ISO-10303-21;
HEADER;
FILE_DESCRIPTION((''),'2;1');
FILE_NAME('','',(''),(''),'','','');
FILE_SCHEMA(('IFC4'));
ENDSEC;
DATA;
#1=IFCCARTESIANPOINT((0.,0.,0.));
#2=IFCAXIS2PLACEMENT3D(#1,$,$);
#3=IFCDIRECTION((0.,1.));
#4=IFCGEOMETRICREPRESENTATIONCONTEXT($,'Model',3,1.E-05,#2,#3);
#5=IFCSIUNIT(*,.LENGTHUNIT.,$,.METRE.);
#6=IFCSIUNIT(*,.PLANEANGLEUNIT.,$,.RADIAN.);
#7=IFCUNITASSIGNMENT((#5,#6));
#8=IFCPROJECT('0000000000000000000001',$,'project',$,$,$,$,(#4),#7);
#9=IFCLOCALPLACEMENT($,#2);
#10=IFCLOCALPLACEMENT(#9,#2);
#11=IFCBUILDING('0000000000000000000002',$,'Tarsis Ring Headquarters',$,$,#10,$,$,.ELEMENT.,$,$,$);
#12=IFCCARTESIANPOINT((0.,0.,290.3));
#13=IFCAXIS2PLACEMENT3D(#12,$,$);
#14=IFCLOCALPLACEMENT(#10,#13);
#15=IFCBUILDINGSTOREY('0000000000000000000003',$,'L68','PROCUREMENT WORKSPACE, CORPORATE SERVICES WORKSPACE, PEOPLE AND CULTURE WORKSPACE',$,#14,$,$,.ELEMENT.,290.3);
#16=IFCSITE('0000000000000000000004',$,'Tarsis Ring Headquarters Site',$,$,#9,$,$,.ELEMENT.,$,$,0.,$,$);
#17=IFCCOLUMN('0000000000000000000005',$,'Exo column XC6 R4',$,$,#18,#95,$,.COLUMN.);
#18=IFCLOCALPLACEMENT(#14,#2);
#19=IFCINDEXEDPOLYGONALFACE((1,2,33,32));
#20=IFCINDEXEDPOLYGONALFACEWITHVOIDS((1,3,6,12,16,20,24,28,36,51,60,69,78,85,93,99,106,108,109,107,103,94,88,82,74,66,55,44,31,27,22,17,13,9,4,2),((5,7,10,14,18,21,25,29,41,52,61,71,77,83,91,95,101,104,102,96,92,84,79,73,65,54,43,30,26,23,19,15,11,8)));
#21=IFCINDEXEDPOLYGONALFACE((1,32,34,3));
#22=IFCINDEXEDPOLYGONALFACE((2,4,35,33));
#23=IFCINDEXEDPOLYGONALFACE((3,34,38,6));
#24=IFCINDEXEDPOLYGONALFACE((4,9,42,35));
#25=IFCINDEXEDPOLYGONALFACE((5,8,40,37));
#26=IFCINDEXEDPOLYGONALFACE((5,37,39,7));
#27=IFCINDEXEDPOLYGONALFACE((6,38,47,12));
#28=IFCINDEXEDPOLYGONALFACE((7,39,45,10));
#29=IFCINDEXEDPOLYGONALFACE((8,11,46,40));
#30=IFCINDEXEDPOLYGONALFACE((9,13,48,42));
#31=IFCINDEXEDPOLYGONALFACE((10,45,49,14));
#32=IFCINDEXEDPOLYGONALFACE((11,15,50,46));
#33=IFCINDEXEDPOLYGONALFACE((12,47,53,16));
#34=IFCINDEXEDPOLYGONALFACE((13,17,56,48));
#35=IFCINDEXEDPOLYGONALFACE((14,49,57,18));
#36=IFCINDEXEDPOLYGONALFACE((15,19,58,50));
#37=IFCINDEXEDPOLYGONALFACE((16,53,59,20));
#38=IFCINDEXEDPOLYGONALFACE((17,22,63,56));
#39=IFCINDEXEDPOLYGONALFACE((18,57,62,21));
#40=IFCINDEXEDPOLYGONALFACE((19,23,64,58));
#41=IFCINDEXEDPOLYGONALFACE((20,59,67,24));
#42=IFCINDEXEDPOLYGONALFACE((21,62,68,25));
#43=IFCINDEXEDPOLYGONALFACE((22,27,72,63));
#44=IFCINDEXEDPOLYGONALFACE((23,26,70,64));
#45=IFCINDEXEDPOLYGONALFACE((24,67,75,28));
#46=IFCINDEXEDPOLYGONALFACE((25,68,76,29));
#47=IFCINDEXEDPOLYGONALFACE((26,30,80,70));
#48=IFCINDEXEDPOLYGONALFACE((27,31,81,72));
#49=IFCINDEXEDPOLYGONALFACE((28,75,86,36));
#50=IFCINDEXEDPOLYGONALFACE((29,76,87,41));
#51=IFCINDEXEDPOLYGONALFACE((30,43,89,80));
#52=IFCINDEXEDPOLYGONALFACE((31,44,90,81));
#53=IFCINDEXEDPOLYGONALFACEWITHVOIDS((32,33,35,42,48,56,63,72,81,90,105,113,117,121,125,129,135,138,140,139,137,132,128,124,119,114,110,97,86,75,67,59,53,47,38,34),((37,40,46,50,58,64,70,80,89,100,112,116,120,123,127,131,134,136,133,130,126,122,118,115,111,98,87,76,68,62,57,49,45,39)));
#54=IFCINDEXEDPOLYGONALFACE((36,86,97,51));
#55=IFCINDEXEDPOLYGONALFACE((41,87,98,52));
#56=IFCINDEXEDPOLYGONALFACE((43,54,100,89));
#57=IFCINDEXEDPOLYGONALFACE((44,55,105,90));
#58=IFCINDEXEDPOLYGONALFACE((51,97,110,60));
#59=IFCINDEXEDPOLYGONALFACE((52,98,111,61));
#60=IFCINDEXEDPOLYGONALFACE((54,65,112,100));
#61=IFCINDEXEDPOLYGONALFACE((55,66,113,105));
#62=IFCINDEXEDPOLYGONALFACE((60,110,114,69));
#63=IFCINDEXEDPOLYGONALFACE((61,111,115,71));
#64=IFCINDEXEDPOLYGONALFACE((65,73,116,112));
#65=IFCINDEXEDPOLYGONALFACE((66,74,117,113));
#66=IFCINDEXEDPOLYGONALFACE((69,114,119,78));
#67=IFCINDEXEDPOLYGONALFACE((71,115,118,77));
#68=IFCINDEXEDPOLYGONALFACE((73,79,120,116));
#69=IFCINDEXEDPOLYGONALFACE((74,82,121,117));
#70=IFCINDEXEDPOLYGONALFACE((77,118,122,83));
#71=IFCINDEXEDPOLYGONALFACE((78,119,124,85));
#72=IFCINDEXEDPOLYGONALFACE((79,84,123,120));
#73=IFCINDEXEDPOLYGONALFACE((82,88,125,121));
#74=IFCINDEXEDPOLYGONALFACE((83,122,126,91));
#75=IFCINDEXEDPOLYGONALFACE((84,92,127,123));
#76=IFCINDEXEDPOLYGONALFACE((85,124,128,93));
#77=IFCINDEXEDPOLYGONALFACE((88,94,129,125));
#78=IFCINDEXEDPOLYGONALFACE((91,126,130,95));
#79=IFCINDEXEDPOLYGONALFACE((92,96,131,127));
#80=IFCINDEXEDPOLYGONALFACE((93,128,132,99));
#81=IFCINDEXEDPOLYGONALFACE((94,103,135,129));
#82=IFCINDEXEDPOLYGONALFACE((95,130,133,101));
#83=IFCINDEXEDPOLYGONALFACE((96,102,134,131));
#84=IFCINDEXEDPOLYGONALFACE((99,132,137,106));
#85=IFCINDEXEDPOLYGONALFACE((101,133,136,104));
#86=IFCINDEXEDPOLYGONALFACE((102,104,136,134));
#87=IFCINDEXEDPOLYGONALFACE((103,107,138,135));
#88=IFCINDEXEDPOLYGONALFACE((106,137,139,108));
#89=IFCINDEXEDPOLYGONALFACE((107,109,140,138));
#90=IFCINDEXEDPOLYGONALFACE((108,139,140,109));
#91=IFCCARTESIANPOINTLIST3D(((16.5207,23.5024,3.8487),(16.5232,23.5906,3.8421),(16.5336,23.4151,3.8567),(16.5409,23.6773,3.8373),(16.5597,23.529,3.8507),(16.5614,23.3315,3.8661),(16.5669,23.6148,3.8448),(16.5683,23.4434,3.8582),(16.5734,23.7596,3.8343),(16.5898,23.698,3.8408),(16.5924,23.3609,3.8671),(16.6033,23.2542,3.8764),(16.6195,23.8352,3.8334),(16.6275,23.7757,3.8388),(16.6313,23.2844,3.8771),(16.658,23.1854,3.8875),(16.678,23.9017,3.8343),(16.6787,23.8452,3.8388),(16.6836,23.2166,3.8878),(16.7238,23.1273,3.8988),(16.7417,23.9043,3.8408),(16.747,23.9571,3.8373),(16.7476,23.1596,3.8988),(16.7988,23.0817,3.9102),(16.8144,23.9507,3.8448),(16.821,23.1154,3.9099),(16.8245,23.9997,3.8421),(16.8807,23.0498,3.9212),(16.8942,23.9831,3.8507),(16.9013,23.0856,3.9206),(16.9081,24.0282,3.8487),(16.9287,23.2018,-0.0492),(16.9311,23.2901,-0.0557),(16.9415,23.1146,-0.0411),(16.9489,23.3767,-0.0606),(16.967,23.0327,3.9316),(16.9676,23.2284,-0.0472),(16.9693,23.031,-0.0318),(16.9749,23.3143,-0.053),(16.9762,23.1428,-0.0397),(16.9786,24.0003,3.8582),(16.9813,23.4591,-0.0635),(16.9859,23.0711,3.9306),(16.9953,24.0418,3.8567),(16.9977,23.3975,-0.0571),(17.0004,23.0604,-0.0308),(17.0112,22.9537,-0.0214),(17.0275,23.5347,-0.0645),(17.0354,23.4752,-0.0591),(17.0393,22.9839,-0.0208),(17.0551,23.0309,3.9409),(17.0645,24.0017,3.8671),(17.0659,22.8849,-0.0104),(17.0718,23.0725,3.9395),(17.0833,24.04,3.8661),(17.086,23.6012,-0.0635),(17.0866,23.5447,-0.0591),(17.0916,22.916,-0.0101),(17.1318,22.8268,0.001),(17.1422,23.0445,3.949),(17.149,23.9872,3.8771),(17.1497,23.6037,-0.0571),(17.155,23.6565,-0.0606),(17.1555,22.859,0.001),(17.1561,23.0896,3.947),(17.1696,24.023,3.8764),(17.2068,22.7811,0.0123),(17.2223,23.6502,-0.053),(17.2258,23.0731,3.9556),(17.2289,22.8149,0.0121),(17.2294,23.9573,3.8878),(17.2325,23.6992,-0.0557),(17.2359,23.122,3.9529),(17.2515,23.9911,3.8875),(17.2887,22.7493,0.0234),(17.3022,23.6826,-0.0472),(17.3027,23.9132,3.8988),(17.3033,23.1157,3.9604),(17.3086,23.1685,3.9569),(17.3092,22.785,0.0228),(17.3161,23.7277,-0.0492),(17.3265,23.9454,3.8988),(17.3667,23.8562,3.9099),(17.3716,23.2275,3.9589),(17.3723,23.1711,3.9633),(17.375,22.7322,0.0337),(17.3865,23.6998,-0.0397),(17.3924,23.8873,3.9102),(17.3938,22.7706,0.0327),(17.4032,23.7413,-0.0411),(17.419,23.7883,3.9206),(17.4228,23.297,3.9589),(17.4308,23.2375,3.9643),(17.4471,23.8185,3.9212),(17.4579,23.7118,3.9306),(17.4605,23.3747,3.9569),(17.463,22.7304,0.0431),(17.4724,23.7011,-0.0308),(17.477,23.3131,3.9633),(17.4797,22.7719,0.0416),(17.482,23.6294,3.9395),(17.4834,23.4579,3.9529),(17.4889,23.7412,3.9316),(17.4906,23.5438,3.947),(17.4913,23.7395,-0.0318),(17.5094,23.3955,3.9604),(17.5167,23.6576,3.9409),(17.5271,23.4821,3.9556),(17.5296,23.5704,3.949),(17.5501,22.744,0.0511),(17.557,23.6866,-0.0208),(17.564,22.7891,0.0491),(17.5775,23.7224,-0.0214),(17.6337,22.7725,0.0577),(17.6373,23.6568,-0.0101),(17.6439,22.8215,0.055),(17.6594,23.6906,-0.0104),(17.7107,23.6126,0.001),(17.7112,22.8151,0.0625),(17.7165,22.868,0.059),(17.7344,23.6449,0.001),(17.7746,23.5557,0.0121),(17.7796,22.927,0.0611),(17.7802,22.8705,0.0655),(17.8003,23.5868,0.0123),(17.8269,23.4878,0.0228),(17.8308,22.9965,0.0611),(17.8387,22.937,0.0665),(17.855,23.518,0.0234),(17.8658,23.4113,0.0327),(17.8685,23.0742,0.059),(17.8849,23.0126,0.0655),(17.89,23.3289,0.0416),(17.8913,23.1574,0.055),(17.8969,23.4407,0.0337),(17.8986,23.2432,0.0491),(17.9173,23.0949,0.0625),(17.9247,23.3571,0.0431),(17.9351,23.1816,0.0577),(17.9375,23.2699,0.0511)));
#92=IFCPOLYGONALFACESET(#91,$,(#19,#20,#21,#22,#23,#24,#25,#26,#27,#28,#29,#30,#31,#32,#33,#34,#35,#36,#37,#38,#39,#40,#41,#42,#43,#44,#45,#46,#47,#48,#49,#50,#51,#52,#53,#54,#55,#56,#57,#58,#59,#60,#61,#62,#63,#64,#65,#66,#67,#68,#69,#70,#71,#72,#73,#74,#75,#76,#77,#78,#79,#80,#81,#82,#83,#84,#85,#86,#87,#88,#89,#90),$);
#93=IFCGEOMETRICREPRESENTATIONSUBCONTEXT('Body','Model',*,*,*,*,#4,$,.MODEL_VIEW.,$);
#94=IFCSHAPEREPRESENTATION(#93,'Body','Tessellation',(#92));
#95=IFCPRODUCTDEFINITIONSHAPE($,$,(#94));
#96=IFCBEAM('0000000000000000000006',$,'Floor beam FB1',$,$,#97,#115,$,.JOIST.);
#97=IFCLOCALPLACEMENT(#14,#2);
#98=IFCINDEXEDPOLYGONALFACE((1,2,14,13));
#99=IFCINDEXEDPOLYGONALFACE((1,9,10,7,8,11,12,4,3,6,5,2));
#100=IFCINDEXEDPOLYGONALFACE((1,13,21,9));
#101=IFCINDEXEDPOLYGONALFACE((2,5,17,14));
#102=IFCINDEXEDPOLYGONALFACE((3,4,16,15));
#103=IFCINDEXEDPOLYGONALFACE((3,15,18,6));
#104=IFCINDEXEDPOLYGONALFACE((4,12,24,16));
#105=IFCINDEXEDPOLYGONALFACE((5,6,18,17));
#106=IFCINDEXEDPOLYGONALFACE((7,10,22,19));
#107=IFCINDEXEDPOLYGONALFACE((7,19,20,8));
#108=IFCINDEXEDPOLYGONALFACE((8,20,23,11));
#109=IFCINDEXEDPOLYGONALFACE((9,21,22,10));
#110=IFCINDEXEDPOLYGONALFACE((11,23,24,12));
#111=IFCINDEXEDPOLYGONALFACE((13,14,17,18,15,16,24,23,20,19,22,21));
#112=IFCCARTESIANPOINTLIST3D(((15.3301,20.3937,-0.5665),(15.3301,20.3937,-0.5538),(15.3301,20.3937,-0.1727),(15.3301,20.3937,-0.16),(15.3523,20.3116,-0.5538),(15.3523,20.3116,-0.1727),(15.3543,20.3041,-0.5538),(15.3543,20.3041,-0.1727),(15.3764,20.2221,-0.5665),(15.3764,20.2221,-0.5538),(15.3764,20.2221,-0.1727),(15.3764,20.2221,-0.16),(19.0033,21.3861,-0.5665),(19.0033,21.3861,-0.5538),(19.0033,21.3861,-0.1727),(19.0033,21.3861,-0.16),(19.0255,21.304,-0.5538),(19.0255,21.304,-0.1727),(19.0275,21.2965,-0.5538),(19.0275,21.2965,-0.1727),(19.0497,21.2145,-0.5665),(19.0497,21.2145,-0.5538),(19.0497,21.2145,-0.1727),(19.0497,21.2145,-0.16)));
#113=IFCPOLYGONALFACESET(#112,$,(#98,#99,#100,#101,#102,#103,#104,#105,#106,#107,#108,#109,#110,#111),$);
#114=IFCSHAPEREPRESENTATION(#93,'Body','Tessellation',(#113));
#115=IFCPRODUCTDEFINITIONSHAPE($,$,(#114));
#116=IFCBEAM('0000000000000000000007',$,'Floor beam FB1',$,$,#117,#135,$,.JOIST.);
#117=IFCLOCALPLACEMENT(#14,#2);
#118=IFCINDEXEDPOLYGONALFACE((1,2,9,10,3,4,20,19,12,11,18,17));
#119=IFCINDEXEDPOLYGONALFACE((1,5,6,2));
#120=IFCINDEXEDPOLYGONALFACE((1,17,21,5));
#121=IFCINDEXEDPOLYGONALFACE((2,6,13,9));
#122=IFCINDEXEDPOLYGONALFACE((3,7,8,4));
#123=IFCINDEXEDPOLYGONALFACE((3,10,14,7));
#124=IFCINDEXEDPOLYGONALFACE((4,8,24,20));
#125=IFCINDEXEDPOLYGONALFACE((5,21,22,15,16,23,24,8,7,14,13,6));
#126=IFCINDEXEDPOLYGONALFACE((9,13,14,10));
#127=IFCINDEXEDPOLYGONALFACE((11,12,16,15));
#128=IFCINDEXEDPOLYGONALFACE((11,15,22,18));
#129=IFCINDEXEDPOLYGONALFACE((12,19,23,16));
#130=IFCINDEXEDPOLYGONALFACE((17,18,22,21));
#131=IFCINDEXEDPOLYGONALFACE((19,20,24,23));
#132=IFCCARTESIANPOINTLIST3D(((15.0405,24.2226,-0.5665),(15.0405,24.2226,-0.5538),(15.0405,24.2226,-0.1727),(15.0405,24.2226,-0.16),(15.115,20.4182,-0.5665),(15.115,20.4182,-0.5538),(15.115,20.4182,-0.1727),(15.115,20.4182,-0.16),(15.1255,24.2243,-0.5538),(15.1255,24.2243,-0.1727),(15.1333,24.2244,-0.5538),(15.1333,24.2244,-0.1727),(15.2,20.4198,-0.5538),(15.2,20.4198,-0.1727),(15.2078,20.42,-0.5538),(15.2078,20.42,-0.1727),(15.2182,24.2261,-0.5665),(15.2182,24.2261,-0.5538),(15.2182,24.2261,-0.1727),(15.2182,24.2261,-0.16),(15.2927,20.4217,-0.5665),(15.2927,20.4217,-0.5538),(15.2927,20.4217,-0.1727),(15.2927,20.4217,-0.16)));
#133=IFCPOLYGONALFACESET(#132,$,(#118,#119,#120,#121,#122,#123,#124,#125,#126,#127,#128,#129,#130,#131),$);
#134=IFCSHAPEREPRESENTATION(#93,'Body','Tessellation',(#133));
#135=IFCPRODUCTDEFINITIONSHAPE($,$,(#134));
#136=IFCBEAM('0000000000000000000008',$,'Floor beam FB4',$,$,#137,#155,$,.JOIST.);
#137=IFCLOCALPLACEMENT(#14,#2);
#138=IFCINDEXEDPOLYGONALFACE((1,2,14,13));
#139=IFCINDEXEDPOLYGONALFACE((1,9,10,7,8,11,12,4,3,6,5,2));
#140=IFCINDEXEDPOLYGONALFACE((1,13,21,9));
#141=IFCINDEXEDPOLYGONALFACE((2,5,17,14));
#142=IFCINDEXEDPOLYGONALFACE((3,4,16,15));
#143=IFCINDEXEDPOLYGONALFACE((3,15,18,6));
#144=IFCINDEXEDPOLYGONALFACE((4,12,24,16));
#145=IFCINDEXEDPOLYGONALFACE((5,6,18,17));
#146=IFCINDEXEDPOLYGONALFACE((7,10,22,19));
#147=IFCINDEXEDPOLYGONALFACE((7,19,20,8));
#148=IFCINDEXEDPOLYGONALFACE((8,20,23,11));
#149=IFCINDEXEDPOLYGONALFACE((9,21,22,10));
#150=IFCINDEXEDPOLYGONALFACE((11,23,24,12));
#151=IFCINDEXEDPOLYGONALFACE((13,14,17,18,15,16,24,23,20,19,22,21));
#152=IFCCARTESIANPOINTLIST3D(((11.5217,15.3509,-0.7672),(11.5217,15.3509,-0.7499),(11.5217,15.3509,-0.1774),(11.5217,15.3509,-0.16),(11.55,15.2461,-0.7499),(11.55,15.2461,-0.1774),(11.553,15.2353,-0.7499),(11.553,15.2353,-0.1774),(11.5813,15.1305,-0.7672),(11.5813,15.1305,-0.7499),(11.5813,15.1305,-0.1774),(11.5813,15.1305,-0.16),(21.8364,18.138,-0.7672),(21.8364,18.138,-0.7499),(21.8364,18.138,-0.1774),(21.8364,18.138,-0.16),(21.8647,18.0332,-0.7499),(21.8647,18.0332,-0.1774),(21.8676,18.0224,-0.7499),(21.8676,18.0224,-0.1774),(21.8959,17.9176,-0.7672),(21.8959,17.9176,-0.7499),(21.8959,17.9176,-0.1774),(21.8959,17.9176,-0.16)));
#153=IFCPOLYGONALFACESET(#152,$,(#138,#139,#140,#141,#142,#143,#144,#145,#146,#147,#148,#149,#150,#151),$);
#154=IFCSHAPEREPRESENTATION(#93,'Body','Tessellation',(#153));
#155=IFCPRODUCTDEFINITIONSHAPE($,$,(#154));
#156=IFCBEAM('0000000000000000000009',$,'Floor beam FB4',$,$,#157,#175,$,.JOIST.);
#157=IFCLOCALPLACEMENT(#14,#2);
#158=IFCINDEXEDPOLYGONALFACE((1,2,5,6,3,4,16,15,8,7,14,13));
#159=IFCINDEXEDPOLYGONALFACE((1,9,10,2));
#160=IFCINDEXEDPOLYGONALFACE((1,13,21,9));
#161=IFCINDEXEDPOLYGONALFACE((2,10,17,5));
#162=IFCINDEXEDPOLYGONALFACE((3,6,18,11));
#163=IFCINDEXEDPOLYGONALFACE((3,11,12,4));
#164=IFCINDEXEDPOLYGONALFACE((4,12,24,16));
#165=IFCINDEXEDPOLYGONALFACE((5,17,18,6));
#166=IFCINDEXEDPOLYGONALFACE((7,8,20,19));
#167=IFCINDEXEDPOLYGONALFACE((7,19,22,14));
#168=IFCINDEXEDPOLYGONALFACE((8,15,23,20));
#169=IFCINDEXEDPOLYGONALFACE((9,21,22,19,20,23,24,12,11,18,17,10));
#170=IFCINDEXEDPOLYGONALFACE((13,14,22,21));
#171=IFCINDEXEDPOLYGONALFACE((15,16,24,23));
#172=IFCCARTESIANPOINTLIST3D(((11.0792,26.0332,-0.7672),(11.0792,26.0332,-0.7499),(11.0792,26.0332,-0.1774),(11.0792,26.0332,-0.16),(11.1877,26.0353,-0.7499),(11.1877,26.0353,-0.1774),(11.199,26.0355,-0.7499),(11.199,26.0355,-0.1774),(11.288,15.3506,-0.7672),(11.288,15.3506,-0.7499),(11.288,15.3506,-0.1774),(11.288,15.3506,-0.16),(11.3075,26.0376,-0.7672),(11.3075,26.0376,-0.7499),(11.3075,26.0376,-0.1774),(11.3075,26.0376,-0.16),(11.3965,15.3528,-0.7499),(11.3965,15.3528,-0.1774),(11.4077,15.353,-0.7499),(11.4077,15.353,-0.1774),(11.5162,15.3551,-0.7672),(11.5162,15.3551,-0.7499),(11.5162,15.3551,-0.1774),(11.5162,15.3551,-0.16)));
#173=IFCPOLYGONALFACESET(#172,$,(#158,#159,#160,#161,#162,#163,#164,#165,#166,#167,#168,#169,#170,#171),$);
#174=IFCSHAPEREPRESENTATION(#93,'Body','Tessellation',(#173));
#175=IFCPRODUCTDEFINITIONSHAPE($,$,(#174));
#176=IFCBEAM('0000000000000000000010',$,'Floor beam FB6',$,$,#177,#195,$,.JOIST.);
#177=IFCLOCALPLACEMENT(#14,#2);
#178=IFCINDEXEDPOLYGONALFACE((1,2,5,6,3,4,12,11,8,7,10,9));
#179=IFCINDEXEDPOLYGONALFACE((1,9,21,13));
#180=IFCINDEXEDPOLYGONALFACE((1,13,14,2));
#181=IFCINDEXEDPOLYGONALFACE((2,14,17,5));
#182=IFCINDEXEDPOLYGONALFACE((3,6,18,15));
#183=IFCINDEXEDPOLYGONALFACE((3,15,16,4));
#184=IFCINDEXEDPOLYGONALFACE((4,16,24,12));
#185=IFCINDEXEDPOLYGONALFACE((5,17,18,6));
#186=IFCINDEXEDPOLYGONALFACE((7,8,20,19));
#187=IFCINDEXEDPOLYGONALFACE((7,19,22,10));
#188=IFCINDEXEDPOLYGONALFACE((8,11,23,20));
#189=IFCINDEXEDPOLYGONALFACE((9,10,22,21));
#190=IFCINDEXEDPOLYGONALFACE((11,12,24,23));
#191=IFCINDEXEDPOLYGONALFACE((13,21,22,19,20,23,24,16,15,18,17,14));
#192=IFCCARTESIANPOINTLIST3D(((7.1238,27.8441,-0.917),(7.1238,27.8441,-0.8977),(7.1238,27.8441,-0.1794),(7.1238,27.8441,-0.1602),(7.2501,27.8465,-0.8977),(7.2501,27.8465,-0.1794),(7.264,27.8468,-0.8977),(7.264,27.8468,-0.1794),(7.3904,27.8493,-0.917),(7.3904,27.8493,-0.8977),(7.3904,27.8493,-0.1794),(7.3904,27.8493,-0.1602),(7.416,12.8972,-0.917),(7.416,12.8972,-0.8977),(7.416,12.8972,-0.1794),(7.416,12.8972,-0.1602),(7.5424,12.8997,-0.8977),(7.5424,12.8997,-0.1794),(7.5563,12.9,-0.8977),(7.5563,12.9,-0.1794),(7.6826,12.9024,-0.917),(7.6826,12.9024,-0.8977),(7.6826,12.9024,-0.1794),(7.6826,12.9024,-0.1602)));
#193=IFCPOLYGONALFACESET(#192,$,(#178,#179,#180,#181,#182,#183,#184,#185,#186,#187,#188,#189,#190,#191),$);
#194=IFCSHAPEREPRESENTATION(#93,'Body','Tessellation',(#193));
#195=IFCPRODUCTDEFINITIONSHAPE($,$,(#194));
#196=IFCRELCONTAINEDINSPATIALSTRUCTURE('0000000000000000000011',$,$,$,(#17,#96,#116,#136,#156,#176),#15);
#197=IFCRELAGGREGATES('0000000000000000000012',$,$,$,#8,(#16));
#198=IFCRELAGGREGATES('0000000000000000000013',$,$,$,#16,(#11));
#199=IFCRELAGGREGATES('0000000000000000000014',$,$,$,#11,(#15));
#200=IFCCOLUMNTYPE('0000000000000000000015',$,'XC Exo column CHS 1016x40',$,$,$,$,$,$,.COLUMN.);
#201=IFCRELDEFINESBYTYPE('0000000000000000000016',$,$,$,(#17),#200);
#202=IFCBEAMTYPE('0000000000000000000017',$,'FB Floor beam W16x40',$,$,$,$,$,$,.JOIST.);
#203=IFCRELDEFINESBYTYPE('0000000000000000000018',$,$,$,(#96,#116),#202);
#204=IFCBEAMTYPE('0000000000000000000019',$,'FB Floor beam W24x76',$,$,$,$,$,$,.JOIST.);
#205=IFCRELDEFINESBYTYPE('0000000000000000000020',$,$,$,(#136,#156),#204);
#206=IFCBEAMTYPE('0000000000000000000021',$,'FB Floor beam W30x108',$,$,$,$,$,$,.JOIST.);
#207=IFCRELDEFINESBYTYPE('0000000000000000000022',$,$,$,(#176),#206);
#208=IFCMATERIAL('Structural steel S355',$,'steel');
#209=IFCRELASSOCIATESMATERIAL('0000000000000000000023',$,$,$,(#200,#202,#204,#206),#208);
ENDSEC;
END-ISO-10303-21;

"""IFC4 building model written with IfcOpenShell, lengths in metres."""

from ifc_helpers import new_model, si_unit, direction, frame, origin, origin_2d, place, context, subcontext, project, spatial, hollow_circle, i_section, extrude, material, material_profile, profile_set, type_object, element, save


model = new_model("IFC4")

# Units and contexts
model_context = context("Model", 3, precision=1e-05, world=origin(), true_north=direction((0.0, 1.0)))
body_context = subcontext(model_context, "Body", "Model", "MODEL_VIEW")
ifc_project = project(units=[si_unit("LENGTHUNIT", "METRE"), si_unit("PLANEANGLEUNIT", "RADIAN")], contexts=[model_context])

# Site, building, storey
site_placement = place(None, origin())
site = spatial("IfcSite", under=ifc_project, at=site_placement, Name="Tarsis Ring Headquarters Site", CompositionType="ELEMENT", RefElevation=0.0)
building_placement = place(site_placement, origin())
building = spatial("IfcBuilding", under=site, at=building_placement, Name="Tarsis Ring Headquarters", CompositionType="ELEMENT")
storey_placement = place(building_placement, frame((0.0, 0.0, 290.3)))
storey = spatial("IfcBuildingStorey", under=building, at=storey_placement, Name="L68", Description="PROCUREMENT WORKSPACE, CORPORATE SERVICES WORKSPACE, PEOPLE AND CULTURE WORKSPACE", CompositionType="ELEMENT", Elevation=290.3)

# Column
ifc_material_1 = material(Name="Structural steel S355", Category="steel")
ifc_material_profile_1 = material_profile(ifc_material_1, hollow_circle(Radius=0.5081, WallThickness=0.04, at=origin_2d()), Name="CHS 1016x40")
ifc_profile_set_1 = profile_set([ifc_material_profile_1], Name="Structural steel S355")
column_type = type_object("IfcColumnType", Name="XC Exo column CHS 1016x40", PredefinedType="COLUMN", material=ifc_profile_set_1)
column_placement = place(storey_placement, frame((17.4331, 23.2358, 0.001), z_axis=(-0.103787, 0.076458, 0.991656), x_axis=(-0.593117, -0.805116, 0.0)))
element("IfcColumn", 1, at=column_placement, inside=storey, type_object=column_type, Name="Exo column XC6 R4", PredefinedType="COLUMN", context=body_context, shape_type="SweptSolid", body=[
    extrude(hollow_circle(Radius=0.5081, WallThickness=0.04, at=origin_2d()), origin(), (0.0, 0.0, 1.0), 3.9307),
])

# Beams
ifc_material_profile_2 = material_profile(ifc_material_1, i_section(OverallWidth=0.1777, OverallDepth=0.4065, WebThickness=0.0078, FlangeThickness=0.0127, at=origin_2d()), Name="W16x40")
ifc_profile_set_2 = profile_set([ifc_material_profile_2], Name="Structural steel S355")
beam_type_1 = type_object("IfcBeamType", Name="FB Floor beam W16x40", PredefinedType="JOIST", material=ifc_profile_set_2)
beam_1_placement = place(storey_placement, frame((15.3533, 20.3079, -0.3633), z_axis=(0.965387, 0.26082, 0.0), x_axis=(-0.26082, 0.965387, 0.0)))
element("IfcBeam", 2, at=beam_1_placement, inside=storey, type_object=beam_type_1, Name="Floor beam FB1", PredefinedType="JOIST", context=body_context, shape_type="SweptSolid", body=[
    extrude(i_section(OverallWidth=0.1777, OverallDepth=0.4065, WebThickness=0.0078, FlangeThickness=0.0127, at=origin_2d()), origin(), (0.0, 0.0, 1.0), 3.8049),
])
beam_2_placement = place(storey_placement, frame((15.1294, 24.2244, -0.3633), z_axis=(0.019569, -0.999809, 0.0), x_axis=(0.999809, 0.019569, 0.0)))
element("IfcBeam", 3, at=beam_2_placement, inside=storey, type_object=beam_type_1, Name="Floor beam FB1", PredefinedType="JOIST", context=body_context, shape_type="SweptSolid", body=[
    extrude(i_section(OverallWidth=0.1777, OverallDepth=0.4065, WebThickness=0.0078, FlangeThickness=0.0127, at=origin_2d()), origin(), (0.0, 0.0, 1.0), 3.8052),
])
ifc_material_profile_3 = material_profile(ifc_material_1, i_section(OverallWidth=0.2283, OverallDepth=0.6072, WebThickness=0.0112, FlangeThickness=0.0173, at=origin_2d()), Name="W24x76")
ifc_profile_set_3 = profile_set([ifc_material_profile_3], Name="Structural steel S355")
beam_type_2 = type_object("IfcBeamType", Name="FB Floor beam W24x76", PredefinedType="JOIST", material=ifc_profile_set_3)
for number, where, z_axis, x_axis, name in (
    (4, (11.5515, 15.2407, -0.4636), (0.965379, 0.260853, 0.0), (-0.260853, 0.965379, 0.0), "Floor beam FB4"),
    (5, (11.1934, 26.0354, -0.4636), (0.019536, -0.999809, 0.0), (0.999809, 0.019536, 0.0), "Floor beam FB4"),
):
    element("IfcBeam", number, at=place(storey_placement, frame(where, z_axis=z_axis, x_axis=x_axis)), inside=storey, type_object=beam_type_2, Name=name, PredefinedType="JOIST", context=body_context, shape_type="SweptSolid", body=[
        extrude(i_section(OverallWidth=0.2283, OverallDepth=0.6072, WebThickness=0.0112, FlangeThickness=0.0173, at=origin_2d()), origin(), (0.0, 0.0, 1.0), 10.6846),
    ])
ifc_material_profile_4 = material_profile(ifc_material_1, i_section(OverallWidth=0.2666, OverallDepth=0.7568, WebThickness=0.0139, FlangeThickness=0.0193, at=origin_2d()), Name="W30x108")
ifc_profile_set_4 = profile_set([ifc_material_profile_4], Name="Structural steel S355")
beam_type_3 = type_object("IfcBeamType", Name="FB Floor beam W30x108", PredefinedType="JOIST", material=ifc_profile_set_4)
beam_3_placement = place(storey_placement, frame((7.2571, 27.8467, -0.5386), z_axis=(0.019548, -0.999809, 0.0), x_axis=(0.999809, 0.019548, 0.0)))
element("IfcBeam", 6, at=beam_3_placement, inside=storey, type_object=beam_type_3, Name="Floor beam FB6", PredefinedType="JOIST", context=body_context, shape_type="SweptSolid", body=[
    extrude(i_section(OverallWidth=0.2666, OverallDepth=0.7568, WebThickness=0.0139, FlangeThickness=0.0193, at=origin_2d()), origin(), (0.0, 0.0, 1.0), 14.9497),
])

save(model, "model.ifc")
